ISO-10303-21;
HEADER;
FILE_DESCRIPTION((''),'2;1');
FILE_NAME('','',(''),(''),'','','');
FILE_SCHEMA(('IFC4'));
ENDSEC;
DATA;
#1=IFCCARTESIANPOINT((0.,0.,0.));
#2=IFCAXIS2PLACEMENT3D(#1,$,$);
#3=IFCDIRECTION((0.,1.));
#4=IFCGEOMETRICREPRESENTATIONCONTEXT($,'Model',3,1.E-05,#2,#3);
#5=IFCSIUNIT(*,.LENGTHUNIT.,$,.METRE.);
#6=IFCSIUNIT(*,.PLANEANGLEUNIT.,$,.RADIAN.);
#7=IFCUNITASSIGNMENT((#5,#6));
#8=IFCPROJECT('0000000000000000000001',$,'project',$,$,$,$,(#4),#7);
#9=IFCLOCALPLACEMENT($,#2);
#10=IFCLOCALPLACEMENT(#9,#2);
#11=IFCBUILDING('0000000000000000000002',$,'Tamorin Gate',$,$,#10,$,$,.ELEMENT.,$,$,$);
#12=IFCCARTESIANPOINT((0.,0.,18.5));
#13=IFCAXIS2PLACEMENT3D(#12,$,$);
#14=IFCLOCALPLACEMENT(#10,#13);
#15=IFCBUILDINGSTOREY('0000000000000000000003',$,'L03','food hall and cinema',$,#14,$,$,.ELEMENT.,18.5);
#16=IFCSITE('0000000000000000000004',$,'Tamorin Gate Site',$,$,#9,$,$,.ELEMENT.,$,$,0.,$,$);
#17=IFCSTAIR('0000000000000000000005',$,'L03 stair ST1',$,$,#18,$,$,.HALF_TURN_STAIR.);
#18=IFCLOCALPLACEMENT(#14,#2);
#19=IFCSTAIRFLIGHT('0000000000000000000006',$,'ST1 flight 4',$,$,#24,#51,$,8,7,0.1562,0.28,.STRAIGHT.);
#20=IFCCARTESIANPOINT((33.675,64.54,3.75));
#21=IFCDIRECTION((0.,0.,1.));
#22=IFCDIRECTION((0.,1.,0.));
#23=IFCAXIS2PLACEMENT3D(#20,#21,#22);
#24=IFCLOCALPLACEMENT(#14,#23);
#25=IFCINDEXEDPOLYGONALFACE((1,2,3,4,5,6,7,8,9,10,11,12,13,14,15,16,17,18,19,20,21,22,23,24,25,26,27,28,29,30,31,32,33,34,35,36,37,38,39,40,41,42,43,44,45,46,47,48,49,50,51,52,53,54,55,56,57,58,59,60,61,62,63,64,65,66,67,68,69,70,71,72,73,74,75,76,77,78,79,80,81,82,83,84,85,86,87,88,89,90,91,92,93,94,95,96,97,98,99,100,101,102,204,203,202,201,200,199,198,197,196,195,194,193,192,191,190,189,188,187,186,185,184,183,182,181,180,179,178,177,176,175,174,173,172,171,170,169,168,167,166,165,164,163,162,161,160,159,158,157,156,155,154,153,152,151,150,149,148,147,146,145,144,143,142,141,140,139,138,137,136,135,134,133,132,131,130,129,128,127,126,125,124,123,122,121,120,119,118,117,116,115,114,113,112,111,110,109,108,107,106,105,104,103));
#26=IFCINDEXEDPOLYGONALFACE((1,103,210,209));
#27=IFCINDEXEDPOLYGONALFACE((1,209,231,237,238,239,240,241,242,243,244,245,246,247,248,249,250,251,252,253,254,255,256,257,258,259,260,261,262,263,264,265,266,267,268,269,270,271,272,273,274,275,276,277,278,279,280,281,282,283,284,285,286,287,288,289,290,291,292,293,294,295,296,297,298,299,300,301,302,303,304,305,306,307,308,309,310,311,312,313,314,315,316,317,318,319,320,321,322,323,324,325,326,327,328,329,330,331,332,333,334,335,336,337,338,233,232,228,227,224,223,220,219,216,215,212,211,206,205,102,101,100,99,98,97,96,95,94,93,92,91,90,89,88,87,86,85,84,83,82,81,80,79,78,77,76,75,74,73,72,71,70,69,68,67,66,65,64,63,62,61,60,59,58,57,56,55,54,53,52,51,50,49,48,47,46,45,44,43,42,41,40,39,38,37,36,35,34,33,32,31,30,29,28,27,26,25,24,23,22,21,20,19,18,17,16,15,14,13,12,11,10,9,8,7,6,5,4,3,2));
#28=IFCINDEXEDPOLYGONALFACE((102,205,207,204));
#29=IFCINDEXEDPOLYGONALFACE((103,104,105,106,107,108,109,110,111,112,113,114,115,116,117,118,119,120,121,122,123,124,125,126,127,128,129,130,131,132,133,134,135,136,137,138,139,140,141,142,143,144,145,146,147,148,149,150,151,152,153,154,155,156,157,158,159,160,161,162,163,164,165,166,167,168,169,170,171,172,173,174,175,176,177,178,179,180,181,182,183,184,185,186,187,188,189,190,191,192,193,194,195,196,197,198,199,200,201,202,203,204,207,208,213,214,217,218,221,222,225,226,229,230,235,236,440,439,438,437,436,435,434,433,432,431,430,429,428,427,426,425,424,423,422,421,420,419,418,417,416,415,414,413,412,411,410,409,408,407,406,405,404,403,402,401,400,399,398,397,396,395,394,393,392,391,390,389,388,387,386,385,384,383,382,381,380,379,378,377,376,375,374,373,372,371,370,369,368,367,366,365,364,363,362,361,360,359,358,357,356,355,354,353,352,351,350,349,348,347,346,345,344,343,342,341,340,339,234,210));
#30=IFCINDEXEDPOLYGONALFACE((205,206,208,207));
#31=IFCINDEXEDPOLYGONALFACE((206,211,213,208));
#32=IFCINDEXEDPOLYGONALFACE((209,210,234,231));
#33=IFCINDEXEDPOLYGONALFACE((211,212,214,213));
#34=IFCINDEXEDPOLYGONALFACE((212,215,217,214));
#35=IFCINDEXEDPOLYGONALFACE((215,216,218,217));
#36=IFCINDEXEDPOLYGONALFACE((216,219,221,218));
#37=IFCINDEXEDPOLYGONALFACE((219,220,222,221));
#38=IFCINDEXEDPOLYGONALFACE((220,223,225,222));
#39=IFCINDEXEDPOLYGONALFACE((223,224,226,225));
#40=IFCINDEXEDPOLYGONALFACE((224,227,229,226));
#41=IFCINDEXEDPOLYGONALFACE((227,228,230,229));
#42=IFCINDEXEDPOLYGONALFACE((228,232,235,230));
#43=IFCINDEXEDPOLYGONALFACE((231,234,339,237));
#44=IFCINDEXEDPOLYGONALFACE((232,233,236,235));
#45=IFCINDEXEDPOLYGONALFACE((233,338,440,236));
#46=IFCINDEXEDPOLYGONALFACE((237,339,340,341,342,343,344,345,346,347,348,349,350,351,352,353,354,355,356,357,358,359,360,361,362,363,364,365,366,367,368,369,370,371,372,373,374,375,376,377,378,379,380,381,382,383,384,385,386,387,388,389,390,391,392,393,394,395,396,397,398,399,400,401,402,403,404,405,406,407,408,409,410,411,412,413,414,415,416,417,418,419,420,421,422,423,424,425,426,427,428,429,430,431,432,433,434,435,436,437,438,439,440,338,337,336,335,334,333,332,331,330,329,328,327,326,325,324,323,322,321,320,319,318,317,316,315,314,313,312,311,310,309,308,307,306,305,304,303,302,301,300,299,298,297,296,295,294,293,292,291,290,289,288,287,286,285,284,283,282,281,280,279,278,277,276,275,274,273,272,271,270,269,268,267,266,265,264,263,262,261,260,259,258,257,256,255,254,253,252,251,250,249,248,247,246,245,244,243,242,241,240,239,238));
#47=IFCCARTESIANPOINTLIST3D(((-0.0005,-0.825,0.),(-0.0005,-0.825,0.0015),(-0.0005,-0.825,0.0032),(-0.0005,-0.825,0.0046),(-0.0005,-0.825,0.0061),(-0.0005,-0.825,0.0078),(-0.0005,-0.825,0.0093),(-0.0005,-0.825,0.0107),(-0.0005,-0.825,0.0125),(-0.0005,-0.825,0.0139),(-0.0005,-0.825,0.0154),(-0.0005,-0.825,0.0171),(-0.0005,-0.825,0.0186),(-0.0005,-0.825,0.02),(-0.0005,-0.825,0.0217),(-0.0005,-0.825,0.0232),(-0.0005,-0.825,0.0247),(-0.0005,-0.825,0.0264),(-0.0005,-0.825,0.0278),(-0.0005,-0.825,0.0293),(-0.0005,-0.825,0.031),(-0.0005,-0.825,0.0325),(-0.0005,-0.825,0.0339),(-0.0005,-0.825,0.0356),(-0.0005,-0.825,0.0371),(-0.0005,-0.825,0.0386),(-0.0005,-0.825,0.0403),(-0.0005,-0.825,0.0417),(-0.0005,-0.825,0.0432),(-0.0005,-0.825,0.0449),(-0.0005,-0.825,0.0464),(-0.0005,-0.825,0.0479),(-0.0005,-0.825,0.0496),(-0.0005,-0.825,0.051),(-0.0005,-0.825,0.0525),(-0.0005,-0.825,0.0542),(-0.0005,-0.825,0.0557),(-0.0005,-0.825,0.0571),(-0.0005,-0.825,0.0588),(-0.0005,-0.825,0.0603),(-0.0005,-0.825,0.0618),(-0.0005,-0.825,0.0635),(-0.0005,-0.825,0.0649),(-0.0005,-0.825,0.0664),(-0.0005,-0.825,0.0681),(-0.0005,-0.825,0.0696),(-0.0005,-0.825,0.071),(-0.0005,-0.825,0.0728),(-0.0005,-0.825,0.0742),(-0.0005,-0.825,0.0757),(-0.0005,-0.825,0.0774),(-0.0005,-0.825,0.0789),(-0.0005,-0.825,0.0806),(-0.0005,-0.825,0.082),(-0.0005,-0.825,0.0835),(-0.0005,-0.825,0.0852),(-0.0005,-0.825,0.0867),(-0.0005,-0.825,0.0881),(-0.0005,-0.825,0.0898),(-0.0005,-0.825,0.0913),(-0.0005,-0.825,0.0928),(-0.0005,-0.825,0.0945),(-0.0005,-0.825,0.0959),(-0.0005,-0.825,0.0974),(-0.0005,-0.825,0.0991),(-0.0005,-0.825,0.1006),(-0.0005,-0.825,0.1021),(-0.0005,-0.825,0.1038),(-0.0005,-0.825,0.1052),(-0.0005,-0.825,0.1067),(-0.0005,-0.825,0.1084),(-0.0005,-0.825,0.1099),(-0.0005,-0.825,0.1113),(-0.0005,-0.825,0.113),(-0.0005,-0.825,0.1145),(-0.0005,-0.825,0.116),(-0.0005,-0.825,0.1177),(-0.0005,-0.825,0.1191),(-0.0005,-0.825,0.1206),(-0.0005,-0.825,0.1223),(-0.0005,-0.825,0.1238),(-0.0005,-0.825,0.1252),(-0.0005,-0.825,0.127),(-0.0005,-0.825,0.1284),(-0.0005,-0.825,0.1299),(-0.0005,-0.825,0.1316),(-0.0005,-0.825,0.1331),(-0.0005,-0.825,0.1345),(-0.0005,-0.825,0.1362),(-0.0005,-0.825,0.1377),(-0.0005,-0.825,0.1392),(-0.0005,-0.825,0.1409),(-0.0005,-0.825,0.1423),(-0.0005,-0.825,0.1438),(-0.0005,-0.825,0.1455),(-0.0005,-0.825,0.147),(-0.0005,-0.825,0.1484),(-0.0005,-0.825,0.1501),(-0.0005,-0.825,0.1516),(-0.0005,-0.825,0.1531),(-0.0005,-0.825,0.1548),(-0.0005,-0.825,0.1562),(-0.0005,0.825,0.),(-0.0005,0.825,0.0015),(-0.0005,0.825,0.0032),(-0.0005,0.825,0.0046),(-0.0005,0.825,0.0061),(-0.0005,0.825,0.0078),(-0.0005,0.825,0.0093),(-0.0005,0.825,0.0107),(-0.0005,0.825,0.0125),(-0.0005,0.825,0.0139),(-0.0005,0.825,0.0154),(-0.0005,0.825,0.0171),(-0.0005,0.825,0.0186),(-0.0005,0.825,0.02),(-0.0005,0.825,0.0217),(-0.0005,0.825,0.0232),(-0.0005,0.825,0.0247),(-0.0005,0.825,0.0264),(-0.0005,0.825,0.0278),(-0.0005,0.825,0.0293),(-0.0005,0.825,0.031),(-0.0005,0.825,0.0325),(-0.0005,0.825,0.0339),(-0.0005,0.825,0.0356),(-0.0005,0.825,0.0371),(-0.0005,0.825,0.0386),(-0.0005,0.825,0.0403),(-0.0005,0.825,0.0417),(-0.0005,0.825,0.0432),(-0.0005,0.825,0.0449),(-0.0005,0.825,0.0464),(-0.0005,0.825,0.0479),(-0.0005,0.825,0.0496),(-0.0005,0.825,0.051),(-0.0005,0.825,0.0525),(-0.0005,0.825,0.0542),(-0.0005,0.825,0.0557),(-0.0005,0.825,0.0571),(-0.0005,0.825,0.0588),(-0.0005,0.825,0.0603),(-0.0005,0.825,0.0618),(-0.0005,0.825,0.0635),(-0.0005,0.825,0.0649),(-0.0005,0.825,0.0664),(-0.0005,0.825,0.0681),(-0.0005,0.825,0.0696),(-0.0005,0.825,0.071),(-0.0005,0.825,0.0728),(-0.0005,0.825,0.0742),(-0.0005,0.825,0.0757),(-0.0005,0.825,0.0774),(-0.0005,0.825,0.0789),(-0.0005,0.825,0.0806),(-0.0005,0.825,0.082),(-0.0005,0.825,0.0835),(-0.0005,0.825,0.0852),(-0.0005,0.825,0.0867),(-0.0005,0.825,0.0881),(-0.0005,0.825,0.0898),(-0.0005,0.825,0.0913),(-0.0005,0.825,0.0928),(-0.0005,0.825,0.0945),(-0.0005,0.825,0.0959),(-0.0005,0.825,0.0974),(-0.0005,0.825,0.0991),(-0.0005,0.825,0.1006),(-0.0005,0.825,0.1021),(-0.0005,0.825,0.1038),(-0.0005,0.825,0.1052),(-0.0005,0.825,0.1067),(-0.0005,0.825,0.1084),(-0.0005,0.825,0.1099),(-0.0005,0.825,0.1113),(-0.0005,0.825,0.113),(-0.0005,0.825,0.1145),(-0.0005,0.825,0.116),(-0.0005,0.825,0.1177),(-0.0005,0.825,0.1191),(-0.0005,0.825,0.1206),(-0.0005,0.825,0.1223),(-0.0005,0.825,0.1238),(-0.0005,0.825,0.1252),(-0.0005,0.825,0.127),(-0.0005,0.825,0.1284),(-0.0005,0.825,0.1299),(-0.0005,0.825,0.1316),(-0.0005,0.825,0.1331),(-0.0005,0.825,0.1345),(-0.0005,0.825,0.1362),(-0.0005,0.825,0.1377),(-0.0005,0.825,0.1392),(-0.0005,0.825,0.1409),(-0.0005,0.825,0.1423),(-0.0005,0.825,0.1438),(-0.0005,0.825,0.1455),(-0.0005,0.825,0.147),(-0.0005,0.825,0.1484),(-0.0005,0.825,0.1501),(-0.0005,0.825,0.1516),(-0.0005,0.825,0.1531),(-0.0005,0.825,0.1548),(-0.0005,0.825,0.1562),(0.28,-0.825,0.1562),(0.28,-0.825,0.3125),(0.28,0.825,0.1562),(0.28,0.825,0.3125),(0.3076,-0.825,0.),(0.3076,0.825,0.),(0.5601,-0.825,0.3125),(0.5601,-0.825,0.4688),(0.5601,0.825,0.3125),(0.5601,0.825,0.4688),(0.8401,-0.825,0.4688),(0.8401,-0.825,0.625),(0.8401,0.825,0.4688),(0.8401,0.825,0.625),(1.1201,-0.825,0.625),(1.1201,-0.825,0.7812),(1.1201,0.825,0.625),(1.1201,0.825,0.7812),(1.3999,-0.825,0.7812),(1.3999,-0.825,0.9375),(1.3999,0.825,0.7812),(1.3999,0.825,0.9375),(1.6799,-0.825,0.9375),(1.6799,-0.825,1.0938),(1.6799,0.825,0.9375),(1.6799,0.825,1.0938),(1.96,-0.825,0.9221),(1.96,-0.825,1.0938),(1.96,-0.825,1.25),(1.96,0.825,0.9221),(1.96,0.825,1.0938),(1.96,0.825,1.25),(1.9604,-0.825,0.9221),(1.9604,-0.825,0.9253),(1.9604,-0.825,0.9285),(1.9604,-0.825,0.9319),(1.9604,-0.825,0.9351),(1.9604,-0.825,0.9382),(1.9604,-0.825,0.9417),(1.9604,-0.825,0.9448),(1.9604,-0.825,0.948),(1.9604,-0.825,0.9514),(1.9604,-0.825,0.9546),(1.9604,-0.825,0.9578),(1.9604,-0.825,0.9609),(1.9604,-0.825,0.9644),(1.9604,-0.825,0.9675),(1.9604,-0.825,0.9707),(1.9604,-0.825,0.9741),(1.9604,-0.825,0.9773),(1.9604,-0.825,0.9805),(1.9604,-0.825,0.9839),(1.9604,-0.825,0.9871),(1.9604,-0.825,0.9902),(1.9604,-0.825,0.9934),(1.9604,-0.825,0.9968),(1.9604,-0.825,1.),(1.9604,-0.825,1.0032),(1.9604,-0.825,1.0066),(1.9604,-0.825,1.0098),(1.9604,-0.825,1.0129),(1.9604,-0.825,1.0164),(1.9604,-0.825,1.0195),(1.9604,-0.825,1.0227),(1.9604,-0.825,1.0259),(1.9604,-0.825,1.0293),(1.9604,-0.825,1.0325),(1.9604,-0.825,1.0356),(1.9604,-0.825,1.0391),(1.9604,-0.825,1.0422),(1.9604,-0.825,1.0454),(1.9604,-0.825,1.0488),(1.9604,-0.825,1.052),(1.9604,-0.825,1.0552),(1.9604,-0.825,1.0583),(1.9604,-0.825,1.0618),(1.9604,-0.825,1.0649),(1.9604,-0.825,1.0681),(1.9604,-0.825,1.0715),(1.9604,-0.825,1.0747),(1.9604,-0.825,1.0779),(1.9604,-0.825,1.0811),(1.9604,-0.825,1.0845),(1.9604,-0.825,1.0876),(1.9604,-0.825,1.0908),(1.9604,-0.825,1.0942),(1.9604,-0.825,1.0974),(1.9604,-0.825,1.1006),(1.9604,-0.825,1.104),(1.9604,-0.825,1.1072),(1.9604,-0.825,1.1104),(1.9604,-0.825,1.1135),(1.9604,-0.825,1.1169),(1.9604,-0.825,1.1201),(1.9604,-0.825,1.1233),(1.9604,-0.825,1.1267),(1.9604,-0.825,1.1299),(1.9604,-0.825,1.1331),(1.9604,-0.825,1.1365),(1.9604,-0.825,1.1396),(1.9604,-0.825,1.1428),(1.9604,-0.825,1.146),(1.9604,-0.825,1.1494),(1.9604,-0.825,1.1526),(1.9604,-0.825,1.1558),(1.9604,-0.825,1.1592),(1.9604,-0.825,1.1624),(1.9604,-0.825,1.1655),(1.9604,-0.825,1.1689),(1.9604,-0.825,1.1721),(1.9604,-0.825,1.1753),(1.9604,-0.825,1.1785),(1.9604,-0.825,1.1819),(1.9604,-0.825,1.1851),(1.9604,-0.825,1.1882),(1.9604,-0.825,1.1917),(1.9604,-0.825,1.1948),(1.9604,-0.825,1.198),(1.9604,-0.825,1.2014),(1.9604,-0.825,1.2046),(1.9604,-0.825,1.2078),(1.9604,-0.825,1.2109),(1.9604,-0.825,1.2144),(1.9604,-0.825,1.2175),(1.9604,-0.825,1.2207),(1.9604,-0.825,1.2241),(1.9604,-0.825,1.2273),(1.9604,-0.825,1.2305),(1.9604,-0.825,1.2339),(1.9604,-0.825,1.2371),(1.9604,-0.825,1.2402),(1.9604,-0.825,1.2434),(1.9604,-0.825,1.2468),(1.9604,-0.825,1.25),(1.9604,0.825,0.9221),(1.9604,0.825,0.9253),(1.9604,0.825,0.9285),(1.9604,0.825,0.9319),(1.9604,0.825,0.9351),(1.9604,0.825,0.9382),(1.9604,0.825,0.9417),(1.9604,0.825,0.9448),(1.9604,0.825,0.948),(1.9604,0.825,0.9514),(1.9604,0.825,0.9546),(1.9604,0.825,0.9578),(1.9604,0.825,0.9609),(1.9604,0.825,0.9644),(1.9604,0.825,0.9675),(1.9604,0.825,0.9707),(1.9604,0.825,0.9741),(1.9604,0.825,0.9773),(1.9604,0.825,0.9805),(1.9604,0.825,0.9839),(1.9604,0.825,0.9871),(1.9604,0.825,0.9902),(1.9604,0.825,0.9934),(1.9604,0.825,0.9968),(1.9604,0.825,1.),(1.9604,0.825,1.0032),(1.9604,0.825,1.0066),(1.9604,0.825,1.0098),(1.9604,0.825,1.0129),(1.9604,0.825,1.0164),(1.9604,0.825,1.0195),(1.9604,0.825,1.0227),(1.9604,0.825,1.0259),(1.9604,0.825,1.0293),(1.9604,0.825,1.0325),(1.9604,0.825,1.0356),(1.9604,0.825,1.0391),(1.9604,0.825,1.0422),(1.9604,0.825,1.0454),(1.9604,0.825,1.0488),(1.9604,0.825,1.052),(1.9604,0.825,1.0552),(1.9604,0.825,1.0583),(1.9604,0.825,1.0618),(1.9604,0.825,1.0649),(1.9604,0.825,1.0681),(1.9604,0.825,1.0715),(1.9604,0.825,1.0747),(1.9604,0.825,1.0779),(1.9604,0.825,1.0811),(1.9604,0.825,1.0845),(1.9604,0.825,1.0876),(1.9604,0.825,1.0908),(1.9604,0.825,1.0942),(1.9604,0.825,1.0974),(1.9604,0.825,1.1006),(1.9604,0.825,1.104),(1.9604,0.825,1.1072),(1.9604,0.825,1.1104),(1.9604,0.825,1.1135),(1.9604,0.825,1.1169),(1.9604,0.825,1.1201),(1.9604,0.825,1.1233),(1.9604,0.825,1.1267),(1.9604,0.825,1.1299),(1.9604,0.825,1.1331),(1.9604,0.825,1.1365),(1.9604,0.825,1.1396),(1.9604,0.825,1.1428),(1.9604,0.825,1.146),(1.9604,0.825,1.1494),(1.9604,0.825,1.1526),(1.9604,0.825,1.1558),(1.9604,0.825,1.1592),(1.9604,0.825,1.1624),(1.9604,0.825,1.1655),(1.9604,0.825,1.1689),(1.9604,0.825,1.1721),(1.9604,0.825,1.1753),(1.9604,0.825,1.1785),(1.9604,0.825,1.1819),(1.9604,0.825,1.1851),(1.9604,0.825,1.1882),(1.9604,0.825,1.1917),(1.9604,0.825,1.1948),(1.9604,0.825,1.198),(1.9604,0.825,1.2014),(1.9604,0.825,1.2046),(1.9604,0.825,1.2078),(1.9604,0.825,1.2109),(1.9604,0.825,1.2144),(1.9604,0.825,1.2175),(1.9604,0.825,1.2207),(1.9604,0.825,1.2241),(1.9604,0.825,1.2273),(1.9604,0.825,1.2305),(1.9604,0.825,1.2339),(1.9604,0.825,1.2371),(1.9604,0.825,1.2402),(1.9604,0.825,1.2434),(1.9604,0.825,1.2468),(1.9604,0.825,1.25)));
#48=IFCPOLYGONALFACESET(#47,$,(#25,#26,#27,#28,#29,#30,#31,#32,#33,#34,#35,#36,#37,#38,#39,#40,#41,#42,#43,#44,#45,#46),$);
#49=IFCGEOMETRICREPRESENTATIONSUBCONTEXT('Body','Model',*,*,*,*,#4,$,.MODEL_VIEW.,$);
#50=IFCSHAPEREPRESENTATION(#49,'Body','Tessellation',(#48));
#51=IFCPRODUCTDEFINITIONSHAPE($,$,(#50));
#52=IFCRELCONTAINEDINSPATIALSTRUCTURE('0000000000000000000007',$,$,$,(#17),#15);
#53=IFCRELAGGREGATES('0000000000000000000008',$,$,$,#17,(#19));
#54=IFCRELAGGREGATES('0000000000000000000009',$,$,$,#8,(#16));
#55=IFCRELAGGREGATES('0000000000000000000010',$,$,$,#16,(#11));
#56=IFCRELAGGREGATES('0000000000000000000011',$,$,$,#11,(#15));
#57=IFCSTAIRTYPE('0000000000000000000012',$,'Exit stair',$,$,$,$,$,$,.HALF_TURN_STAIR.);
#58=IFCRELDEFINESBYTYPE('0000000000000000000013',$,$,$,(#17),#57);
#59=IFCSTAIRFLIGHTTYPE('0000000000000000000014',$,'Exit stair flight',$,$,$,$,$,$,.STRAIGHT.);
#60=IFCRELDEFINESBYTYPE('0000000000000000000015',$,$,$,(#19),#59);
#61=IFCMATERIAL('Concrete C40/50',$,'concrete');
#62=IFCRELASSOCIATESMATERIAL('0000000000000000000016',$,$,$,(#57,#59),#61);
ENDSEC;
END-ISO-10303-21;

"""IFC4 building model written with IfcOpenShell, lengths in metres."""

from ifc_helpers import new_model, si_unit, direction, frame, origin, place, context, subcontext, project, spatial, polyline, outline, extrude, material, type_object, element, aggregate, save


model = new_model("IFC4")

# Units and contexts
model_context = context("Model", 3, precision=1e-05, world=origin(), true_north=direction((0.0, 1.0)))
body_context = subcontext(model_context, "Body", "Model", "MODEL_VIEW")
ifc_project = project(units=[si_unit("LENGTHUNIT", "METRE"), si_unit("PLANEANGLEUNIT", "RADIAN")], contexts=[model_context])

# Site, building, storey
site_placement = place(None, origin())
site = spatial("IfcSite", under=ifc_project, at=site_placement, Name="Tamorin Gate Site", CompositionType="ELEMENT", RefElevation=0.0)
building_placement = place(site_placement, origin())
building = spatial("IfcBuilding", under=site, at=building_placement, Name="Tamorin Gate", CompositionType="ELEMENT")
storey_placement = place(building_placement, frame((0.0, 0.0, 18.5)))
storey = spatial("IfcBuildingStorey", under=building, at=storey_placement, Name="L03", Description="food hall and cinema", CompositionType="ELEMENT", Elevation=18.5)

# Shared definitions
ifc_material_1 = material(Name="Concrete C40/50", Category="concrete")

# Stair, stair flight
stair_type = type_object("IfcStairType", Name="Exit stair", PredefinedType="HALF_TURN_STAIR", material=ifc_material_1)
stair_1_placement = place(storey_placement, origin())
stair_1 = element("IfcStair", 1, at=stair_1_placement, inside=storey, type_object=stair_type, Name="L03 stair ST1", PredefinedType="HALF_TURN_STAIR")
stair_flight_type = type_object("IfcStairFlightType", Name="Exit stair flight", PredefinedType="STRAIGHT", material=ifc_material_1)
stair_flight_1_placement = place(storey_placement, frame((33.675, 64.54, 3.75), z_axis=(0.0, 0.0, 1.0), x_axis=(0.0, 1.0, 0.0)))
stair_flight_1 = element("IfcStairFlight", 2, at=stair_flight_1_placement, type_object=stair_flight_type, Name="ST1 flight 4", NumberOfRisers=8, NumberOfTreads=7, PredefinedType="STRAIGHT", RiserHeight=0.1562, TreadLength=0.28, context=body_context, shape_type="SweptSolid", body=[
    extrude(outline(polyline([(-0.0005, 0.0), (-0.0005, 0.0015), (-0.0005, 0.0032), (-0.0005, 0.0046), (-0.0005, 0.0061), (-0.0005, 0.0078), (-0.0005, 0.0093), (-0.0005, 0.0107), (-0.0005, 0.0125), (-0.0005, 0.0139), (-0.0005, 0.0154), (-0.0005, 0.0171), (-0.0005, 0.0186), (-0.0005, 0.02), (-0.0005, 0.0217), (-0.0005, 0.0232), (-0.0005, 0.0247), (-0.0005, 0.0264), (-0.0005, 0.0278), (-0.0005, 0.0293), (-0.0005, 0.031), (-0.0005, 0.0325), (-0.0005, 0.0339), (-0.0005, 0.0356), (-0.0005, 0.0371), (-0.0005, 0.0386), (-0.0005, 0.0403), (-0.0005, 0.0417), (-0.0005, 0.0432), (-0.0005, 0.0449), (-0.0005, 0.0464), (-0.0005, 0.0479), (-0.0005, 0.0496), (-0.0005, 0.051), (-0.0005, 0.0525), (-0.0005, 0.0542), (-0.0005, 0.0557), (-0.0005, 0.0571), (-0.0005, 0.0588), (-0.0005, 0.0603), (-0.0005, 0.0618), (-0.0005, 0.0635), (-0.0005, 0.0649), (-0.0005, 0.0664), (-0.0005, 0.0681), (-0.0005, 0.0696), (-0.0005, 0.071), (-0.0005, 0.0728), (-0.0005, 0.0742), (-0.0005, 0.0757), (-0.0005, 0.0774), (-0.0005, 0.0789), (-0.0005, 0.0806), (-0.0005, 0.082), (-0.0005, 0.0835), (-0.0005, 0.0852), (-0.0005, 0.0867), (-0.0005, 0.0881), (-0.0005, 0.0898), (-0.0005, 0.0913), (-0.0005, 0.0928), (-0.0005, 0.0945), (-0.0005, 0.0959), (-0.0005, 0.0974), (-0.0005, 0.0991), (-0.0005, 0.1006), (-0.0005, 0.1021), (-0.0005, 0.1038), (-0.0005, 0.1052), (-0.0005, 0.1067), (-0.0005, 0.1084), (-0.0005, 0.1099), (-0.0005, 0.1113), (-0.0005, 0.113), (-0.0005, 0.1145), (-0.0005, 0.116), (-0.0005, 0.1177), (-0.0005, 0.1191), (-0.0005, 0.1206), (-0.0005, 0.1223), (-0.0005, 0.1238), (-0.0005, 0.1252), (-0.0005, 0.127), (-0.0005, 0.1284), (-0.0005, 0.1299), (-0.0005, 0.1316), (-0.0005, 0.1331), (-0.0005, 0.1345), (-0.0005, 0.1362), (-0.0005, 0.1377), (-0.0005, 0.1392), (-0.0005, 0.1409), (-0.0005, 0.1423), (-0.0005, 0.1438), (-0.0005, 0.1455), (-0.0005, 0.147), (-0.0005, 0.1484), (-0.0005, 0.1501), (-0.0005, 0.1516), (-0.0005, 0.1531), (-0.0005, 0.1548), (-0.0005, 0.1562), (0.28, 0.1562), (0.28, 0.3125), (0.5601, 0.3125), (0.5601, 0.4688), (0.8401, 0.4688), (0.8401, 0.625), (1.1201, 0.625), (1.1201, 0.7812), (1.3999, 0.7812), (1.3999, 0.9375), (1.6799, 0.9375), (1.6799, 1.0938), (1.96, 1.0938), (1.96, 1.25), (1.9604, 1.25), (1.9604, 1.2468), (1.9604, 1.2434), (1.9604, 1.2402), (1.9604, 1.2371), (1.9604, 1.2339), (1.9604, 1.2305), (1.9604, 1.2273), (1.9604, 1.2241), (1.9604, 1.2207), (1.9604, 1.2175), (1.9604, 1.2144), (1.9604, 1.2109), (1.9604, 1.2078), (1.9604, 1.2046), (1.9604, 1.2014), (1.9604, 1.198), (1.9604, 1.1948), (1.9604, 1.1917), (1.9604, 1.1882), (1.9604, 1.1851), (1.9604, 1.1819), (1.9604, 1.1785), (1.9604, 1.1753), (1.9604, 1.1721), (1.9604, 1.1689), (1.9604, 1.1655), (1.9604, 1.1624), (1.9604, 1.1592), (1.9604, 1.1558), (1.9604, 1.1526), (1.9604, 1.1494), (1.9604, 1.146), (1.9604, 1.1428), (1.9604, 1.1396), (1.9604, 1.1365), (1.9604, 1.1331), (1.9604, 1.1299), (1.9604, 1.1267), (1.9604, 1.1233), (1.9604, 1.1201), (1.9604, 1.1169), (1.9604, 1.1135), (1.9604, 1.1104), (1.9604, 1.1072), (1.9604, 1.104), (1.9604, 1.1006), (1.9604, 1.0974), (1.9604, 1.0942), (1.9604, 1.0908), (1.9604, 1.0876), (1.9604, 1.0845), (1.9604, 1.0811), (1.9604, 1.0779), (1.9604, 1.0747), (1.9604, 1.0715), (1.9604, 1.0681), (1.9604, 1.0649), (1.9604, 1.0618), (1.9604, 1.0583), (1.9604, 1.0552), (1.9604, 1.052), (1.9604, 1.0488), (1.9604, 1.0454), (1.9604, 1.0422), (1.9604, 1.0391), (1.9604, 1.0356), (1.9604, 1.0325), (1.9604, 1.0293), (1.9604, 1.0259), (1.9604, 1.0227), (1.9604, 1.0195), (1.9604, 1.0164), (1.9604, 1.0129), (1.9604, 1.0098), (1.9604, 1.0066), (1.9604, 1.0032), (1.9604, 1.0), (1.9604, 0.9968), (1.9604, 0.9934), (1.9604, 0.9902), (1.9604, 0.9871), (1.9604, 0.9839), (1.9604, 0.9805), (1.9604, 0.9773), (1.9604, 0.9741), (1.9604, 0.9707), (1.9604, 0.9675), (1.9604, 0.9644), (1.9604, 0.9609), (1.9604, 0.9578), (1.9604, 0.9546), (1.9604, 0.9514), (1.9604, 0.948), (1.9604, 0.9448), (1.9604, 0.9417), (1.9604, 0.9382), (1.9604, 0.9351), (1.9604, 0.9319), (1.9604, 0.9285), (1.9604, 0.9253), (1.9604, 0.9221), (1.96, 0.9221), (0.3076, 0.0), (-0.0005, 0.0)])), frame((0.0, 0.825, 0.0), z_axis=(0.0, -1.0, 0.0), x_axis=(1.0, 0.0, 0.0)), (0.0, 0.0, 1.0), 1.6499),
])
aggregate(stair_1, [stair_flight_1])

save(model, "model.ifc")
